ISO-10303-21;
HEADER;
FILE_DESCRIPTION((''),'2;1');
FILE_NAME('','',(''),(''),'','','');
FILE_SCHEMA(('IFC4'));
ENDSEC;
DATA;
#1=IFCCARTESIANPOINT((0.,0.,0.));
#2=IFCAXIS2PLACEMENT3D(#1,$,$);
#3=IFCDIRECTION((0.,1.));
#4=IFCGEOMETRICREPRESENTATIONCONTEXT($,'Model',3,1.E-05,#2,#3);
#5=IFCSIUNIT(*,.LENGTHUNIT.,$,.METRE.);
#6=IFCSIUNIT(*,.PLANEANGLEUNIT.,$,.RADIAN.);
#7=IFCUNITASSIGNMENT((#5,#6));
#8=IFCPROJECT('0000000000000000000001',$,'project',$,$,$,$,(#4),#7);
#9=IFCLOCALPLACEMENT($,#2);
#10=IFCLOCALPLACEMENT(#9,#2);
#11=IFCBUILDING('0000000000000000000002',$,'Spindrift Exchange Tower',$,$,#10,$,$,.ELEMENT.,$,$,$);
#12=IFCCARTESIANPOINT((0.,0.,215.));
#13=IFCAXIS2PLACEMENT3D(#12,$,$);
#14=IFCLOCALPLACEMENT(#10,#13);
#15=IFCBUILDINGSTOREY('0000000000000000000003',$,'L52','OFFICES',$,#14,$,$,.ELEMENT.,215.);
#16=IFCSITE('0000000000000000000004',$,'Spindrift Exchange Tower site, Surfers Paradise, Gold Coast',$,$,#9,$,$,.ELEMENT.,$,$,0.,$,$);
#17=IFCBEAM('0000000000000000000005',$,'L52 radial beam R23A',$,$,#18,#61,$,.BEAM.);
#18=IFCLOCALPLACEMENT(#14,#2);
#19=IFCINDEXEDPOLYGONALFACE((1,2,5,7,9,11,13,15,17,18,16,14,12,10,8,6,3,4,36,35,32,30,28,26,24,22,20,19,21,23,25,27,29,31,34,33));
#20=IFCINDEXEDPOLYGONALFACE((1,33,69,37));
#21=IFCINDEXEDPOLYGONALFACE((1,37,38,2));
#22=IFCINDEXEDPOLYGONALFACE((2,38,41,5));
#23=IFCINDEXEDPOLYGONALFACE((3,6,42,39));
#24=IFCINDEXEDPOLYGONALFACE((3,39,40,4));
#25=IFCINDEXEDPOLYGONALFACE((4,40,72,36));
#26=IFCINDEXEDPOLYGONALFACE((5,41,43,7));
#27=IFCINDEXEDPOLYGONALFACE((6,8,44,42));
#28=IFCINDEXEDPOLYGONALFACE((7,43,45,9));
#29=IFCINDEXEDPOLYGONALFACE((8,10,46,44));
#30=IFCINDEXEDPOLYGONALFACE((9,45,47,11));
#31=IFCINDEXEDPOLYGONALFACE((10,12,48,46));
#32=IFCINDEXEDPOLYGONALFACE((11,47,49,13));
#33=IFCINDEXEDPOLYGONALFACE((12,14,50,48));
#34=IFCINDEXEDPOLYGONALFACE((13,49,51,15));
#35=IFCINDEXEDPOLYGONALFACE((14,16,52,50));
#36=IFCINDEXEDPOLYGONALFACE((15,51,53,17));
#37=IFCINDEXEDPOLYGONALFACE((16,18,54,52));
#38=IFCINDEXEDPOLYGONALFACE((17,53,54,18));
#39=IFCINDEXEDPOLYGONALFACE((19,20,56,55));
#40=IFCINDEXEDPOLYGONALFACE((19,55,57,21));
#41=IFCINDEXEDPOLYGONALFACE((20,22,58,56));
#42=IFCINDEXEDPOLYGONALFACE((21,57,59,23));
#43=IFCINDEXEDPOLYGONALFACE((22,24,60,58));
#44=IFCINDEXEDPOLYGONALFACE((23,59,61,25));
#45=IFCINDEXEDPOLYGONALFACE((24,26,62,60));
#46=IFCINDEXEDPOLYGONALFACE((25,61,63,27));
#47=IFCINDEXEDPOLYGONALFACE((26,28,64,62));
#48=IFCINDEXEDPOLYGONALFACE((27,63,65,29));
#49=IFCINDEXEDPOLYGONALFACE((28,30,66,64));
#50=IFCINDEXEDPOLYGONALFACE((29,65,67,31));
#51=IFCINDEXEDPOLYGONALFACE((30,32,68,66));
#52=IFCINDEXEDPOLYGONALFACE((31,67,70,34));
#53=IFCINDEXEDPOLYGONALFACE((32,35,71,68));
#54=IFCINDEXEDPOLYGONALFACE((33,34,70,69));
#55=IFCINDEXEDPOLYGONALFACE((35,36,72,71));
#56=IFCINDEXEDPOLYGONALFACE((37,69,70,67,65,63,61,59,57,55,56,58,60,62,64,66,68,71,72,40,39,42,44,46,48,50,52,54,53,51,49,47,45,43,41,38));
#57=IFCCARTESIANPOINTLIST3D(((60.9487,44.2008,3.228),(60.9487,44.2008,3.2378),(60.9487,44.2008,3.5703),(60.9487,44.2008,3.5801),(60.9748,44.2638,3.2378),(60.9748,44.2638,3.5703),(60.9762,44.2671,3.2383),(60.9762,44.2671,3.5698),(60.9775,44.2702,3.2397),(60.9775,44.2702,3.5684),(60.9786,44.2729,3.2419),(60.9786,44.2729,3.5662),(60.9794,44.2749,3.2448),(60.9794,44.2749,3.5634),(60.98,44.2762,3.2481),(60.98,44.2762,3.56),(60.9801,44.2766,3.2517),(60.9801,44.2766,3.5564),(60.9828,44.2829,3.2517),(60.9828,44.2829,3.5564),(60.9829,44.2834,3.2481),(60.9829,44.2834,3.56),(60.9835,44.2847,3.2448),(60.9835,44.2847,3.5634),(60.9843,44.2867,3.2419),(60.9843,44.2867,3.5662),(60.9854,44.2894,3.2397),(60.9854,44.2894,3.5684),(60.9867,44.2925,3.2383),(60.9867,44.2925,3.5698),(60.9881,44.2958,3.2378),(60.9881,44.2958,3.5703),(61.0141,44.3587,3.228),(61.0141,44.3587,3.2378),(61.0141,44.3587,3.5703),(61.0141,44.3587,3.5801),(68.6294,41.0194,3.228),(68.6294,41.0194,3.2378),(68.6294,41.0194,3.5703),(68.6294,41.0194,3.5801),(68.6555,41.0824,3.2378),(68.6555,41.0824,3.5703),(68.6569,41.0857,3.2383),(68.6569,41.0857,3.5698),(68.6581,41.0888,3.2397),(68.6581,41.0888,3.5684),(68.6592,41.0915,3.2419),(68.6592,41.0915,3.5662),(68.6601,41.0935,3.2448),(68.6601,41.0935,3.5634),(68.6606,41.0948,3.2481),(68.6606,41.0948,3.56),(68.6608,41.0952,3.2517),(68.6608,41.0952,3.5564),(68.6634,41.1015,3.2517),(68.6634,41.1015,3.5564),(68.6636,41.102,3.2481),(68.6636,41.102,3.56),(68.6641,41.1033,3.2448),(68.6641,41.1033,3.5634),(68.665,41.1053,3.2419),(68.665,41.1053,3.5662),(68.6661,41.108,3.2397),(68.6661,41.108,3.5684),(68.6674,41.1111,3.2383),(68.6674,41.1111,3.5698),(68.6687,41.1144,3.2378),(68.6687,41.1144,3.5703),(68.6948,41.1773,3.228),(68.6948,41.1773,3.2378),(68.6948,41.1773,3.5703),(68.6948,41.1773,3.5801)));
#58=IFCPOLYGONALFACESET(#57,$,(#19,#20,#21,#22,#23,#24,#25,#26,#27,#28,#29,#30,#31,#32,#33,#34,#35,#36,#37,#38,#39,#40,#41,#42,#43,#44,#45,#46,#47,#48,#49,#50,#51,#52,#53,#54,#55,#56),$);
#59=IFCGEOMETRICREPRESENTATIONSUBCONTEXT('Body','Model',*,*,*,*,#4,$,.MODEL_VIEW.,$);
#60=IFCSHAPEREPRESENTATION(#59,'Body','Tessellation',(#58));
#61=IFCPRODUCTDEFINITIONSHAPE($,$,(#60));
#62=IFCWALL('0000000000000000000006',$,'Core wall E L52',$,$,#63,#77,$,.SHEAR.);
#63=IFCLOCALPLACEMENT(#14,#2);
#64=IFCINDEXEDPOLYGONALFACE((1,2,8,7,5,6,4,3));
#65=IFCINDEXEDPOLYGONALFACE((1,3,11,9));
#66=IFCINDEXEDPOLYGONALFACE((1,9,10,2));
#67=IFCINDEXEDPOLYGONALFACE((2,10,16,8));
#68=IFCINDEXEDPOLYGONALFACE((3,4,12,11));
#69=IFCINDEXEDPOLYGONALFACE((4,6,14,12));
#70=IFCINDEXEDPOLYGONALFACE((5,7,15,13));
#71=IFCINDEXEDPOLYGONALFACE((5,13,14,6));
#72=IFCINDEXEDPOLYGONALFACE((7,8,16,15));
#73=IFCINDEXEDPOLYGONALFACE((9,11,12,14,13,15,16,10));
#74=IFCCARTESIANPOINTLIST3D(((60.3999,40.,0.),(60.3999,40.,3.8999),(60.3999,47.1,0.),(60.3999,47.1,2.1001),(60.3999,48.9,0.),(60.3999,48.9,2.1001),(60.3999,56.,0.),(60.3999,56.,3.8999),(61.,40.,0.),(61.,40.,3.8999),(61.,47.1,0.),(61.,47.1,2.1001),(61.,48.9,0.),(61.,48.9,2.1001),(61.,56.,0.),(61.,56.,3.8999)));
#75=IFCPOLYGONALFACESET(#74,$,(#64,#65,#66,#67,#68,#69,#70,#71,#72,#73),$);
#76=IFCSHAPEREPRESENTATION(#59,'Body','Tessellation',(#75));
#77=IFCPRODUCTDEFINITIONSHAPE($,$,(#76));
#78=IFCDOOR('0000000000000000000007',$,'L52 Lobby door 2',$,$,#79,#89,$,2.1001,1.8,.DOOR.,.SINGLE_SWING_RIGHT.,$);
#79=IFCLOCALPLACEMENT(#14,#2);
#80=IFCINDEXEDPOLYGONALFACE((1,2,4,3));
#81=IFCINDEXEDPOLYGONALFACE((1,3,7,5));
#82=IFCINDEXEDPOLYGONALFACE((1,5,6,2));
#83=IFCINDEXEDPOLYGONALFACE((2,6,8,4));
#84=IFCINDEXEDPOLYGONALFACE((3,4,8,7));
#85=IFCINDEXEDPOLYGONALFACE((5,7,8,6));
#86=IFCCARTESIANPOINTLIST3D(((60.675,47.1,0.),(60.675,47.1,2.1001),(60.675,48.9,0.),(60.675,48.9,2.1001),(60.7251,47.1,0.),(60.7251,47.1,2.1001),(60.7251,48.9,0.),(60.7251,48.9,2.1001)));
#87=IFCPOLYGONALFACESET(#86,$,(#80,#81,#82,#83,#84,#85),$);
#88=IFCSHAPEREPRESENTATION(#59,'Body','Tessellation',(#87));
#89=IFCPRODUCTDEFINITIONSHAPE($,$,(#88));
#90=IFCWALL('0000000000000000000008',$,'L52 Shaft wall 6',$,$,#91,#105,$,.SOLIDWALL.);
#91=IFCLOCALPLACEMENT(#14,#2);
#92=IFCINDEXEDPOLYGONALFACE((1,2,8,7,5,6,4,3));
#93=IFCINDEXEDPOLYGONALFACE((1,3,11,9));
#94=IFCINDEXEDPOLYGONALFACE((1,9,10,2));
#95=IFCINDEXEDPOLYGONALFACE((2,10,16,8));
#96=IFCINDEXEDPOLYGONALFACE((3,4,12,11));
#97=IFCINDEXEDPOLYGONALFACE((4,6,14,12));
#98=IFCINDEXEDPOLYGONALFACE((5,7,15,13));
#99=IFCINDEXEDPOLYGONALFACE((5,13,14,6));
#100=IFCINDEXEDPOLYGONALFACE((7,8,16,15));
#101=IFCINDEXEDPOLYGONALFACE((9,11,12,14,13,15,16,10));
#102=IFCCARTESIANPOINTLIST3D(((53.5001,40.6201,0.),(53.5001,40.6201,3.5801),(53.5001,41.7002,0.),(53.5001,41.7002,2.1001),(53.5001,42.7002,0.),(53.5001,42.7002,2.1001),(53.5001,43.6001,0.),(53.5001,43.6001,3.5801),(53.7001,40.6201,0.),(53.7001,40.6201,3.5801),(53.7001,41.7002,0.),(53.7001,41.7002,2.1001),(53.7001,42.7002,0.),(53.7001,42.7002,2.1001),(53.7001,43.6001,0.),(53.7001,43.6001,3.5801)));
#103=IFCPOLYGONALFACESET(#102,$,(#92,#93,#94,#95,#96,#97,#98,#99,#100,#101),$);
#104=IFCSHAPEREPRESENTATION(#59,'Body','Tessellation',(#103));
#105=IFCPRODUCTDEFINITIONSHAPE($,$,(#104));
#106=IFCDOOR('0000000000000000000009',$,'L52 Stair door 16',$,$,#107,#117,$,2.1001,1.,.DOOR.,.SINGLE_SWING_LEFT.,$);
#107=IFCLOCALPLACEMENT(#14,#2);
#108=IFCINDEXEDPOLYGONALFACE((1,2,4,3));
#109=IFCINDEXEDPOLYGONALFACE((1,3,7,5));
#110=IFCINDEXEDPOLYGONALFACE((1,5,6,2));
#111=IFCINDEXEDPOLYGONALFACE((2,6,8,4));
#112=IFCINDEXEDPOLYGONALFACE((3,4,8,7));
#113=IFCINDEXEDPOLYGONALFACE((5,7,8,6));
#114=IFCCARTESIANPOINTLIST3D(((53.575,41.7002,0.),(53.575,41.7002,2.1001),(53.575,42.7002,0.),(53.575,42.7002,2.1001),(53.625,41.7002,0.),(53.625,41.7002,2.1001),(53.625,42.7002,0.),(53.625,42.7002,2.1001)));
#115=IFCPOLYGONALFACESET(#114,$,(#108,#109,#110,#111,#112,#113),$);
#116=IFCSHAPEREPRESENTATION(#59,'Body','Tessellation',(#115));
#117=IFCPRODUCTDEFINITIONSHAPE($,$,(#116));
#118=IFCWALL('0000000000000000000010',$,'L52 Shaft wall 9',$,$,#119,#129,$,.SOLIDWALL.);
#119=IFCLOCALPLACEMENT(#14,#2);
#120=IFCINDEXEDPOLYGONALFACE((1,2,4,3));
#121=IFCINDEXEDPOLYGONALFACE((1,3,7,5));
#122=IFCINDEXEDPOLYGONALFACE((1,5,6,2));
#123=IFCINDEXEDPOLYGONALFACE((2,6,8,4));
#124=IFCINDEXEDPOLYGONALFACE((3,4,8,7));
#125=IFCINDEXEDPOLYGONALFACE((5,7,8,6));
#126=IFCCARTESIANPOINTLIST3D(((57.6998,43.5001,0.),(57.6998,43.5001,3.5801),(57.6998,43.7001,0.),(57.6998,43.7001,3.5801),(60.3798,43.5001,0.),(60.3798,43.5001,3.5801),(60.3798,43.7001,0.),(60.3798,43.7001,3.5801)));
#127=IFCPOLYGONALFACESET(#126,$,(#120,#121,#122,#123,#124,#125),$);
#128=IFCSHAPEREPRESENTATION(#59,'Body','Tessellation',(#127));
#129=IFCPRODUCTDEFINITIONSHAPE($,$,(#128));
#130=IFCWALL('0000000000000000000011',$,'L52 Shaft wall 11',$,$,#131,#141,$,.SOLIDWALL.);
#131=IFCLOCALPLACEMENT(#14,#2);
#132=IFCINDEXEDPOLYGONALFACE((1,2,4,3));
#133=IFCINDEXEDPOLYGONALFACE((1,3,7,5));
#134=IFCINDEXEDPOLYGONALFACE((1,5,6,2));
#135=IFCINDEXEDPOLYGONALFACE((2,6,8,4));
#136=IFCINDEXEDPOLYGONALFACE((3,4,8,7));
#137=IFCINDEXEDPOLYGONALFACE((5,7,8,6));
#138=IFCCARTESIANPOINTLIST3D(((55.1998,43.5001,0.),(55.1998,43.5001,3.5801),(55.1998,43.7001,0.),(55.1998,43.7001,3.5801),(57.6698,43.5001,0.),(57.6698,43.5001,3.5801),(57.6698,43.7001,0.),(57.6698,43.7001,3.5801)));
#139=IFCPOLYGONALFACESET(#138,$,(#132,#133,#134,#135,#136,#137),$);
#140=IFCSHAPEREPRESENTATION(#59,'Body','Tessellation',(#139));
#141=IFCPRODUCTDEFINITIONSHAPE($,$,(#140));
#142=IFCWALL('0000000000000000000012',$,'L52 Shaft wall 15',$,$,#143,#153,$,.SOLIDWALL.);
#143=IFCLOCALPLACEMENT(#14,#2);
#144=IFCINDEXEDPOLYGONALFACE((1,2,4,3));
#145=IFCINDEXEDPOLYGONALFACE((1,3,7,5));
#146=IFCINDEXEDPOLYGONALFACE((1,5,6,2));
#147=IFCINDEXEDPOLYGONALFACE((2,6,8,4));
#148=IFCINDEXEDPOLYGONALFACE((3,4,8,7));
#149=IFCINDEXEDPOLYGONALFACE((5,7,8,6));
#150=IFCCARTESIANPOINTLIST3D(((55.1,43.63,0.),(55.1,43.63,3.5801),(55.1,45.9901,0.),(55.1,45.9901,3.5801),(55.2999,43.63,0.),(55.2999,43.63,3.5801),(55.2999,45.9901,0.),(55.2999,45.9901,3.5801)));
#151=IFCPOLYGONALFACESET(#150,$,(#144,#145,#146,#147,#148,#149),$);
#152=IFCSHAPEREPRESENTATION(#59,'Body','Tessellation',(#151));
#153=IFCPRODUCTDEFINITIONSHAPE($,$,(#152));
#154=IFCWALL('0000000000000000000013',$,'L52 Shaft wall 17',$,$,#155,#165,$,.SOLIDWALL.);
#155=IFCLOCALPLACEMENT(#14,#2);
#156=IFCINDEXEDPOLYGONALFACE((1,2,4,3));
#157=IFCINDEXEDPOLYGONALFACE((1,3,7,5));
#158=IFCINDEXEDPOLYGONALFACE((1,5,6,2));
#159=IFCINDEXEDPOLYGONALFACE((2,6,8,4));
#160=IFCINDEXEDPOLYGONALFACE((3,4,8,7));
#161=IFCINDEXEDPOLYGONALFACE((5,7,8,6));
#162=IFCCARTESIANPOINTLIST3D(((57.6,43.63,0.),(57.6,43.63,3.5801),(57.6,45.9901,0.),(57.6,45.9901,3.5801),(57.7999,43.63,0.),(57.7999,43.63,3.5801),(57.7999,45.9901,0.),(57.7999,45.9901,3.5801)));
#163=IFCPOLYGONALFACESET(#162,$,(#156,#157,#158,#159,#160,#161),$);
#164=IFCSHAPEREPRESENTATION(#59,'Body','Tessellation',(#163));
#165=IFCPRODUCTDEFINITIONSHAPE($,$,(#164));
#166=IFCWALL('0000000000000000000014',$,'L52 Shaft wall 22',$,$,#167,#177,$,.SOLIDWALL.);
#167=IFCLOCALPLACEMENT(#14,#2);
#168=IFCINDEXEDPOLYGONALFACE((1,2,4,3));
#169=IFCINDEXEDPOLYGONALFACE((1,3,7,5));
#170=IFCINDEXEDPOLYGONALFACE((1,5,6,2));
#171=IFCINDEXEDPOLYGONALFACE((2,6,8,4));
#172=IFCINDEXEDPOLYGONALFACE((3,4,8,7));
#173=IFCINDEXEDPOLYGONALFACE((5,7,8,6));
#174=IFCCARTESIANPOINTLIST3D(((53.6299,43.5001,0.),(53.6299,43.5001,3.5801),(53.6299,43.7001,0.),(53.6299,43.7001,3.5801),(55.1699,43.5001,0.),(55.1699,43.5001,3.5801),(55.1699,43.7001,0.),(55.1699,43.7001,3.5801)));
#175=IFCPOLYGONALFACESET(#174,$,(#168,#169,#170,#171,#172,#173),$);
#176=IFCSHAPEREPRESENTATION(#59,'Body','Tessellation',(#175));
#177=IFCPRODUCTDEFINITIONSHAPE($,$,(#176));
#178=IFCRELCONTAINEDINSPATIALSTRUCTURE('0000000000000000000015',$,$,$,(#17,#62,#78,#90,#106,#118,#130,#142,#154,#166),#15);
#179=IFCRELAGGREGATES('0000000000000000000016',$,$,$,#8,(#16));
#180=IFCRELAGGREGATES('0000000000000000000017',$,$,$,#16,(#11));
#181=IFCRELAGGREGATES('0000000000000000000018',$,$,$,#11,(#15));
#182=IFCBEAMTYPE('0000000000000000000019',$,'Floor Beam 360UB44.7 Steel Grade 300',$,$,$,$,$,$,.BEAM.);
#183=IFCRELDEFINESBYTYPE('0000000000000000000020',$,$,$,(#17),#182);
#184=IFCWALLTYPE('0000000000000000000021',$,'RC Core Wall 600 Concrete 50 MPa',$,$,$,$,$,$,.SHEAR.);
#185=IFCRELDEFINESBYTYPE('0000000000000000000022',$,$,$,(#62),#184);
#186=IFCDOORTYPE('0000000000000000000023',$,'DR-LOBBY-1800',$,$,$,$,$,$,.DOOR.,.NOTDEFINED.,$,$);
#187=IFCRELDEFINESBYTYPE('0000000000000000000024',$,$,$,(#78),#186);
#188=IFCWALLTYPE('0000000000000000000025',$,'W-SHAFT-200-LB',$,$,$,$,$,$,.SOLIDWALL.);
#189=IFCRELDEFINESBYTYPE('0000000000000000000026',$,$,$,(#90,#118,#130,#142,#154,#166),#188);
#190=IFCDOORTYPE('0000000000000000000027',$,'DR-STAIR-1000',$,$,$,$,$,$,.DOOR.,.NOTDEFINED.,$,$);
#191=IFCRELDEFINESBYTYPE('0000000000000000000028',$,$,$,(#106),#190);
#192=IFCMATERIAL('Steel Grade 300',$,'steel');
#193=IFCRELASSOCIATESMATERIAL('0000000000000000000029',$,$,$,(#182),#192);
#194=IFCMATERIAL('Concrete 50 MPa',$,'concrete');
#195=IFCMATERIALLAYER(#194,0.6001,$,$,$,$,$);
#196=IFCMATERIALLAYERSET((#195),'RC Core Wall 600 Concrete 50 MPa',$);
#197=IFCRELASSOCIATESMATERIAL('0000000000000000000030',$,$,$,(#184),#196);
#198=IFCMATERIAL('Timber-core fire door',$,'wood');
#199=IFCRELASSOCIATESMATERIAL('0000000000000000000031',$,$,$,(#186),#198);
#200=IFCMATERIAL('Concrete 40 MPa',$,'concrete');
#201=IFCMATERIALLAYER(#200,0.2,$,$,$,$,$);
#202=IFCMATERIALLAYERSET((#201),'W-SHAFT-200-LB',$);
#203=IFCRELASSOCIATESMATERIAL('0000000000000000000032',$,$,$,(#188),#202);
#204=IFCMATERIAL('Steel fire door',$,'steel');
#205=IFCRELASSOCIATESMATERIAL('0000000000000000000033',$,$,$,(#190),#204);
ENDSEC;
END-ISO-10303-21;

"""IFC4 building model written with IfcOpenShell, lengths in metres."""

from ifc_helpers import new_model, si_unit, direction, frame, frame_2d, origin, origin_2d, place, context, subcontext, project, spatial, rectangle, i_section, extrude, source, transform, mapped, material, layer, layer_set, material_profile, profile_set, type_object, element, fill, save


model = new_model("IFC4")

# Units and contexts
model_context = context("Model", 3, precision=1e-05, world=origin(), true_north=direction((0.0, 1.0)))
body_context = subcontext(model_context, "Body", "Model", "MODEL_VIEW")
ifc_project = project(units=[si_unit("LENGTHUNIT", "METRE"), si_unit("PLANEANGLEUNIT", "RADIAN")], contexts=[model_context])

# Site, building, storey
site_placement = place(None, origin())
site = spatial("IfcSite", under=ifc_project, at=site_placement, Name="Spindrift Exchange Tower site, Surfers Paradise, Gold Coast", CompositionType="ELEMENT", RefElevation=0.0)
building_placement = place(site_placement, origin())
building = spatial("IfcBuilding", under=site, at=building_placement, Name="Spindrift Exchange Tower", CompositionType="ELEMENT")
storey_placement = place(building_placement, frame((0.0, 0.0, 215.0)))
storey = spatial("IfcBuildingStorey", under=building, at=storey_placement, Name="L52", Description="OFFICES", CompositionType="ELEMENT", Elevation=215.0)

# Beam
ifc_material_1 = material(Name="Steel Grade 300", Category="steel")
ifc_material_profile_1 = material_profile(ifc_material_1, i_section(OverallWidth=0.1709, OverallDepth=0.3521, WebThickness=0.0068, FlangeThickness=0.0098, FilletRadius=0.0139, at=origin_2d()), Name="360UB44.7")
ifc_profile_set_1 = profile_set([ifc_material_profile_1], Name="Steel Grade 300")
beam_type_1 = type_object("IfcBeamType", Name="Floor Beam 360UB44.7 Steel Grade 300", PredefinedType="BEAM", material=ifc_profile_set_1)
shared_shape_1 = source(origin(), body_context, "Body", "SweptSolid", [
    extrude(i_section(OverallWidth=0.1709, OverallDepth=0.3521, WebThickness=0.0068, FlangeThickness=0.0098, FilletRadius=0.0139, at=origin_2d()), origin(), (0.0, 0.0, 1.0), 8.3135),
])
beam_1_placement = place(storey_placement, frame((60.9814, 44.2798, 3.4041), z_axis=(0.923881, -0.382679, 0.0), x_axis=(0.382679, 0.923881, 0.0)))
element("IfcBeam", 1, at=beam_1_placement, inside=storey, type_object=beam_type_1, Name="L52 radial beam R23A", PredefinedType="BEAM", context=body_context, shape_type="MappedRepresentation", body=[
    mapped(shared_shape_1, transform((0.0, 0.0, 0.0), scale=1.0)),
])

# Walls, openings, doors
ifc_material_2 = material(Name="Concrete 50 MPa", Category="concrete")
ifc_layer_1 = layer(ifc_material_2, 0.6001)
ifc_layer_set_1 = layer_set([ifc_layer_1], Name="RC Core Wall 600 Concrete 50 MPa")
wall_type_1 = type_object("IfcWallType", Name="RC Core Wall 600 Concrete 50 MPa", PredefinedType="SHEAR", material=ifc_layer_set_1)
wall_1_placement = place(storey_placement, frame((60.7, 40.0, 0.0), z_axis=(0.0, 0.0, 1.0), x_axis=(0.0, 1.0, 0.0)))
wall_1 = element("IfcWall", 2, at=wall_1_placement, inside=storey, type_object=wall_type_1, Name="Core wall E L52", PredefinedType="SHEAR", context=body_context, shape_type="SweptSolid", body=[
    extrude(rectangle(XDim=16.0, YDim=0.6001, at=frame_2d((8.0, 0.0))), origin(), (0.0, 0.0, 1.0), 3.8999),
])
opening_1_placement = place(wall_1_placement, frame((7.1001, 0.0, 0.0)))
opening_1 = element("IfcOpeningElement", 3, at=opening_1_placement, cuts=wall_1, PredefinedType="OPENING", context=body_context, shape_type="SweptSolid", body=[
    extrude(rectangle(XDim=1.8, YDim=2.1001, at=frame_2d((0.8999, 1.05))), frame((0.0, 0.3101, 0.0), z_axis=(0.0, -1.0, 0.0), x_axis=(1.0, 0.0, 0.0)), (0.0, 0.0, 1.0), 0.6201),
])
ifc_material_3 = material(Name="Timber-core fire door", Category="wood")
door_type_1 = type_object("IfcDoorType", Name="DR-LOBBY-1800", OperationType="NOTDEFINED", PredefinedType="DOOR", material=ifc_material_3)
shared_shape_2 = source(origin(), body_context, "Body", "SweptSolid", [
    extrude(rectangle(XDim=1.8, YDim=2.1001, at=frame_2d((0.8999, 1.05))), frame((0.0, 0.0249, 0.0), z_axis=(0.0, -1.0, 0.0), x_axis=(1.0, 0.0, 0.0)), (0.0, 0.0, 1.0), 0.05),
])
door_1_placement = place(opening_1_placement, origin())
door_1 = element("IfcDoor", 4, at=door_1_placement, inside=storey, type_object=door_type_1, Name="L52 Lobby door 2", OperationType="SINGLE_SWING_RIGHT", OverallHeight=2.1001, OverallWidth=1.8, PredefinedType="DOOR", context=body_context, shape_type="MappedRepresentation", body=[
    mapped(shared_shape_2, transform((0.0, 0.0, 0.0), scale=1.0)),
])
fill(opening_1, door_1)
ifc_material_4 = material(Name="Concrete 40 MPa", Category="concrete")
ifc_layer_2 = layer(ifc_material_4, 0.2)
ifc_layer_set_2 = layer_set([ifc_layer_2], Name="W-SHAFT-200-LB")
wall_type_2 = type_object("IfcWallType", Name="W-SHAFT-200-LB", PredefinedType="SOLIDWALL", material=ifc_layer_set_2)
wall_2_placement = place(storey_placement, frame((53.6001, 43.6001, 0.0), z_axis=(0.0, 0.0, 1.0), x_axis=(0.0, -1.0, 0.0)))
wall_2 = element("IfcWall", 5, at=wall_2_placement, inside=storey, type_object=wall_type_2, Name="L52 Shaft wall 6", PredefinedType="SOLIDWALL", context=body_context, shape_type="SweptSolid", body=[
    extrude(rectangle(XDim=2.98, YDim=0.2, at=frame_2d((1.49, 0.0))), origin(), (0.0, 0.0, 1.0), 3.5801),
])
opening_2_placement = place(wall_2_placement, frame((0.8999, 0.0, 0.0)))
opening_2 = element("IfcOpeningElement", 6, at=opening_2_placement, cuts=wall_2, PredefinedType="OPENING", context=body_context, shape_type="SweptSolid", body=[
    extrude(rectangle(XDim=1.0, YDim=2.1001, at=frame_2d((0.5, 1.05))), frame((0.0, 0.1099, 0.0), z_axis=(0.0, -1.0, 0.0), x_axis=(1.0, 0.0, 0.0)), (0.0, 0.0, 1.0), 0.22),
])
ifc_material_5 = material(Name="Steel fire door", Category="steel")
door_type_2 = type_object("IfcDoorType", Name="DR-STAIR-1000", OperationType="NOTDEFINED", PredefinedType="DOOR", material=ifc_material_5)
shared_shape_3 = source(origin(), body_context, "Body", "SweptSolid", [
    extrude(rectangle(XDim=1.0, YDim=2.1001, at=frame_2d((0.5, 1.05))), frame((0.0, 0.0249, 0.0), z_axis=(0.0, -1.0, 0.0), x_axis=(1.0, 0.0, 0.0)), (0.0, 0.0, 1.0), 0.05),
])
door_2_placement = place(opening_2_placement, origin())
door_2 = element("IfcDoor", 7, at=door_2_placement, inside=storey, type_object=door_type_2, Name="L52 Stair door 16", OperationType="SINGLE_SWING_LEFT", OverallHeight=2.1001, OverallWidth=1.0, PredefinedType="DOOR", context=body_context, shape_type="MappedRepresentation", body=[
    mapped(shared_shape_3, transform((0.0, 0.0, 0.0), scale=1.0)),
])
fill(opening_2, door_2)

# Walls
wall_3_placement = place(storey_placement, frame((57.7, 43.6001, 0.0), z_axis=(0.0, 0.0, 1.0), x_axis=(1.0, 0.0, 0.0)))
element("IfcWall", 8, at=wall_3_placement, inside=storey, type_object=wall_type_2, Name="L52 Shaft wall 9", PredefinedType="SOLIDWALL", context=body_context, shape_type="SweptSolid", body=[
    extrude(rectangle(XDim=2.6799, YDim=0.2, at=frame_2d((1.3398, 0.0))), origin(), (0.0, 0.0, 1.0), 3.5801),
])
wall_4_placement = place(storey_placement, frame((55.2, 43.6001, 0.0), z_axis=(0.0, 0.0, 1.0), x_axis=(1.0, 0.0, 0.0)))
element("IfcWall", 9, at=wall_4_placement, inside=storey, type_object=wall_type_2, Name="L52 Shaft wall 11", PredefinedType="SOLIDWALL", context=body_context, shape_type="SweptSolid", body=[
    extrude(rectangle(XDim=2.47, YDim=0.2, at=frame_2d((1.2349, 0.0))), origin(), (0.0, 0.0, 1.0), 3.5801),
])
for number, where, z_axis, x_axis, name in (
    (10, (55.2, 43.6299, 0.0), (0.0, 0.0, 1.0), (0.0, 1.0, 0.0), "L52 Shaft wall 15"),
    (11, (57.7, 43.6299, 0.0), (0.0, 0.0, 1.0), (0.0, 1.0, 0.0), "L52 Shaft wall 17"),
):
    element("IfcWall", number, at=place(storey_placement, frame(where, z_axis=z_axis, x_axis=x_axis)), inside=storey, type_object=wall_type_2, Name=name, PredefinedType="SOLIDWALL", context=body_context, shape_type="SweptSolid", body=[
        extrude(rectangle(XDim=2.3601, YDim=0.2, at=frame_2d((1.1802, 0.0))), origin(), (0.0, 0.0, 1.0), 3.5801),
    ])
wall_5_placement = place(storey_placement, frame((53.6299, 43.6001, 0.0), z_axis=(0.0, 0.0, 1.0), x_axis=(1.0, 0.0, 0.0)))
element("IfcWall", 12, at=wall_5_placement, inside=storey, type_object=wall_type_2, Name="L52 Shaft wall 22", PredefinedType="SOLIDWALL", context=body_context, shape_type="SweptSolid", body=[
    extrude(rectangle(XDim=1.54, YDim=0.2, at=frame_2d((0.77, 0.0))), origin(), (0.0, 0.0, 1.0), 3.5801),
])

save(model, "model.ifc")
